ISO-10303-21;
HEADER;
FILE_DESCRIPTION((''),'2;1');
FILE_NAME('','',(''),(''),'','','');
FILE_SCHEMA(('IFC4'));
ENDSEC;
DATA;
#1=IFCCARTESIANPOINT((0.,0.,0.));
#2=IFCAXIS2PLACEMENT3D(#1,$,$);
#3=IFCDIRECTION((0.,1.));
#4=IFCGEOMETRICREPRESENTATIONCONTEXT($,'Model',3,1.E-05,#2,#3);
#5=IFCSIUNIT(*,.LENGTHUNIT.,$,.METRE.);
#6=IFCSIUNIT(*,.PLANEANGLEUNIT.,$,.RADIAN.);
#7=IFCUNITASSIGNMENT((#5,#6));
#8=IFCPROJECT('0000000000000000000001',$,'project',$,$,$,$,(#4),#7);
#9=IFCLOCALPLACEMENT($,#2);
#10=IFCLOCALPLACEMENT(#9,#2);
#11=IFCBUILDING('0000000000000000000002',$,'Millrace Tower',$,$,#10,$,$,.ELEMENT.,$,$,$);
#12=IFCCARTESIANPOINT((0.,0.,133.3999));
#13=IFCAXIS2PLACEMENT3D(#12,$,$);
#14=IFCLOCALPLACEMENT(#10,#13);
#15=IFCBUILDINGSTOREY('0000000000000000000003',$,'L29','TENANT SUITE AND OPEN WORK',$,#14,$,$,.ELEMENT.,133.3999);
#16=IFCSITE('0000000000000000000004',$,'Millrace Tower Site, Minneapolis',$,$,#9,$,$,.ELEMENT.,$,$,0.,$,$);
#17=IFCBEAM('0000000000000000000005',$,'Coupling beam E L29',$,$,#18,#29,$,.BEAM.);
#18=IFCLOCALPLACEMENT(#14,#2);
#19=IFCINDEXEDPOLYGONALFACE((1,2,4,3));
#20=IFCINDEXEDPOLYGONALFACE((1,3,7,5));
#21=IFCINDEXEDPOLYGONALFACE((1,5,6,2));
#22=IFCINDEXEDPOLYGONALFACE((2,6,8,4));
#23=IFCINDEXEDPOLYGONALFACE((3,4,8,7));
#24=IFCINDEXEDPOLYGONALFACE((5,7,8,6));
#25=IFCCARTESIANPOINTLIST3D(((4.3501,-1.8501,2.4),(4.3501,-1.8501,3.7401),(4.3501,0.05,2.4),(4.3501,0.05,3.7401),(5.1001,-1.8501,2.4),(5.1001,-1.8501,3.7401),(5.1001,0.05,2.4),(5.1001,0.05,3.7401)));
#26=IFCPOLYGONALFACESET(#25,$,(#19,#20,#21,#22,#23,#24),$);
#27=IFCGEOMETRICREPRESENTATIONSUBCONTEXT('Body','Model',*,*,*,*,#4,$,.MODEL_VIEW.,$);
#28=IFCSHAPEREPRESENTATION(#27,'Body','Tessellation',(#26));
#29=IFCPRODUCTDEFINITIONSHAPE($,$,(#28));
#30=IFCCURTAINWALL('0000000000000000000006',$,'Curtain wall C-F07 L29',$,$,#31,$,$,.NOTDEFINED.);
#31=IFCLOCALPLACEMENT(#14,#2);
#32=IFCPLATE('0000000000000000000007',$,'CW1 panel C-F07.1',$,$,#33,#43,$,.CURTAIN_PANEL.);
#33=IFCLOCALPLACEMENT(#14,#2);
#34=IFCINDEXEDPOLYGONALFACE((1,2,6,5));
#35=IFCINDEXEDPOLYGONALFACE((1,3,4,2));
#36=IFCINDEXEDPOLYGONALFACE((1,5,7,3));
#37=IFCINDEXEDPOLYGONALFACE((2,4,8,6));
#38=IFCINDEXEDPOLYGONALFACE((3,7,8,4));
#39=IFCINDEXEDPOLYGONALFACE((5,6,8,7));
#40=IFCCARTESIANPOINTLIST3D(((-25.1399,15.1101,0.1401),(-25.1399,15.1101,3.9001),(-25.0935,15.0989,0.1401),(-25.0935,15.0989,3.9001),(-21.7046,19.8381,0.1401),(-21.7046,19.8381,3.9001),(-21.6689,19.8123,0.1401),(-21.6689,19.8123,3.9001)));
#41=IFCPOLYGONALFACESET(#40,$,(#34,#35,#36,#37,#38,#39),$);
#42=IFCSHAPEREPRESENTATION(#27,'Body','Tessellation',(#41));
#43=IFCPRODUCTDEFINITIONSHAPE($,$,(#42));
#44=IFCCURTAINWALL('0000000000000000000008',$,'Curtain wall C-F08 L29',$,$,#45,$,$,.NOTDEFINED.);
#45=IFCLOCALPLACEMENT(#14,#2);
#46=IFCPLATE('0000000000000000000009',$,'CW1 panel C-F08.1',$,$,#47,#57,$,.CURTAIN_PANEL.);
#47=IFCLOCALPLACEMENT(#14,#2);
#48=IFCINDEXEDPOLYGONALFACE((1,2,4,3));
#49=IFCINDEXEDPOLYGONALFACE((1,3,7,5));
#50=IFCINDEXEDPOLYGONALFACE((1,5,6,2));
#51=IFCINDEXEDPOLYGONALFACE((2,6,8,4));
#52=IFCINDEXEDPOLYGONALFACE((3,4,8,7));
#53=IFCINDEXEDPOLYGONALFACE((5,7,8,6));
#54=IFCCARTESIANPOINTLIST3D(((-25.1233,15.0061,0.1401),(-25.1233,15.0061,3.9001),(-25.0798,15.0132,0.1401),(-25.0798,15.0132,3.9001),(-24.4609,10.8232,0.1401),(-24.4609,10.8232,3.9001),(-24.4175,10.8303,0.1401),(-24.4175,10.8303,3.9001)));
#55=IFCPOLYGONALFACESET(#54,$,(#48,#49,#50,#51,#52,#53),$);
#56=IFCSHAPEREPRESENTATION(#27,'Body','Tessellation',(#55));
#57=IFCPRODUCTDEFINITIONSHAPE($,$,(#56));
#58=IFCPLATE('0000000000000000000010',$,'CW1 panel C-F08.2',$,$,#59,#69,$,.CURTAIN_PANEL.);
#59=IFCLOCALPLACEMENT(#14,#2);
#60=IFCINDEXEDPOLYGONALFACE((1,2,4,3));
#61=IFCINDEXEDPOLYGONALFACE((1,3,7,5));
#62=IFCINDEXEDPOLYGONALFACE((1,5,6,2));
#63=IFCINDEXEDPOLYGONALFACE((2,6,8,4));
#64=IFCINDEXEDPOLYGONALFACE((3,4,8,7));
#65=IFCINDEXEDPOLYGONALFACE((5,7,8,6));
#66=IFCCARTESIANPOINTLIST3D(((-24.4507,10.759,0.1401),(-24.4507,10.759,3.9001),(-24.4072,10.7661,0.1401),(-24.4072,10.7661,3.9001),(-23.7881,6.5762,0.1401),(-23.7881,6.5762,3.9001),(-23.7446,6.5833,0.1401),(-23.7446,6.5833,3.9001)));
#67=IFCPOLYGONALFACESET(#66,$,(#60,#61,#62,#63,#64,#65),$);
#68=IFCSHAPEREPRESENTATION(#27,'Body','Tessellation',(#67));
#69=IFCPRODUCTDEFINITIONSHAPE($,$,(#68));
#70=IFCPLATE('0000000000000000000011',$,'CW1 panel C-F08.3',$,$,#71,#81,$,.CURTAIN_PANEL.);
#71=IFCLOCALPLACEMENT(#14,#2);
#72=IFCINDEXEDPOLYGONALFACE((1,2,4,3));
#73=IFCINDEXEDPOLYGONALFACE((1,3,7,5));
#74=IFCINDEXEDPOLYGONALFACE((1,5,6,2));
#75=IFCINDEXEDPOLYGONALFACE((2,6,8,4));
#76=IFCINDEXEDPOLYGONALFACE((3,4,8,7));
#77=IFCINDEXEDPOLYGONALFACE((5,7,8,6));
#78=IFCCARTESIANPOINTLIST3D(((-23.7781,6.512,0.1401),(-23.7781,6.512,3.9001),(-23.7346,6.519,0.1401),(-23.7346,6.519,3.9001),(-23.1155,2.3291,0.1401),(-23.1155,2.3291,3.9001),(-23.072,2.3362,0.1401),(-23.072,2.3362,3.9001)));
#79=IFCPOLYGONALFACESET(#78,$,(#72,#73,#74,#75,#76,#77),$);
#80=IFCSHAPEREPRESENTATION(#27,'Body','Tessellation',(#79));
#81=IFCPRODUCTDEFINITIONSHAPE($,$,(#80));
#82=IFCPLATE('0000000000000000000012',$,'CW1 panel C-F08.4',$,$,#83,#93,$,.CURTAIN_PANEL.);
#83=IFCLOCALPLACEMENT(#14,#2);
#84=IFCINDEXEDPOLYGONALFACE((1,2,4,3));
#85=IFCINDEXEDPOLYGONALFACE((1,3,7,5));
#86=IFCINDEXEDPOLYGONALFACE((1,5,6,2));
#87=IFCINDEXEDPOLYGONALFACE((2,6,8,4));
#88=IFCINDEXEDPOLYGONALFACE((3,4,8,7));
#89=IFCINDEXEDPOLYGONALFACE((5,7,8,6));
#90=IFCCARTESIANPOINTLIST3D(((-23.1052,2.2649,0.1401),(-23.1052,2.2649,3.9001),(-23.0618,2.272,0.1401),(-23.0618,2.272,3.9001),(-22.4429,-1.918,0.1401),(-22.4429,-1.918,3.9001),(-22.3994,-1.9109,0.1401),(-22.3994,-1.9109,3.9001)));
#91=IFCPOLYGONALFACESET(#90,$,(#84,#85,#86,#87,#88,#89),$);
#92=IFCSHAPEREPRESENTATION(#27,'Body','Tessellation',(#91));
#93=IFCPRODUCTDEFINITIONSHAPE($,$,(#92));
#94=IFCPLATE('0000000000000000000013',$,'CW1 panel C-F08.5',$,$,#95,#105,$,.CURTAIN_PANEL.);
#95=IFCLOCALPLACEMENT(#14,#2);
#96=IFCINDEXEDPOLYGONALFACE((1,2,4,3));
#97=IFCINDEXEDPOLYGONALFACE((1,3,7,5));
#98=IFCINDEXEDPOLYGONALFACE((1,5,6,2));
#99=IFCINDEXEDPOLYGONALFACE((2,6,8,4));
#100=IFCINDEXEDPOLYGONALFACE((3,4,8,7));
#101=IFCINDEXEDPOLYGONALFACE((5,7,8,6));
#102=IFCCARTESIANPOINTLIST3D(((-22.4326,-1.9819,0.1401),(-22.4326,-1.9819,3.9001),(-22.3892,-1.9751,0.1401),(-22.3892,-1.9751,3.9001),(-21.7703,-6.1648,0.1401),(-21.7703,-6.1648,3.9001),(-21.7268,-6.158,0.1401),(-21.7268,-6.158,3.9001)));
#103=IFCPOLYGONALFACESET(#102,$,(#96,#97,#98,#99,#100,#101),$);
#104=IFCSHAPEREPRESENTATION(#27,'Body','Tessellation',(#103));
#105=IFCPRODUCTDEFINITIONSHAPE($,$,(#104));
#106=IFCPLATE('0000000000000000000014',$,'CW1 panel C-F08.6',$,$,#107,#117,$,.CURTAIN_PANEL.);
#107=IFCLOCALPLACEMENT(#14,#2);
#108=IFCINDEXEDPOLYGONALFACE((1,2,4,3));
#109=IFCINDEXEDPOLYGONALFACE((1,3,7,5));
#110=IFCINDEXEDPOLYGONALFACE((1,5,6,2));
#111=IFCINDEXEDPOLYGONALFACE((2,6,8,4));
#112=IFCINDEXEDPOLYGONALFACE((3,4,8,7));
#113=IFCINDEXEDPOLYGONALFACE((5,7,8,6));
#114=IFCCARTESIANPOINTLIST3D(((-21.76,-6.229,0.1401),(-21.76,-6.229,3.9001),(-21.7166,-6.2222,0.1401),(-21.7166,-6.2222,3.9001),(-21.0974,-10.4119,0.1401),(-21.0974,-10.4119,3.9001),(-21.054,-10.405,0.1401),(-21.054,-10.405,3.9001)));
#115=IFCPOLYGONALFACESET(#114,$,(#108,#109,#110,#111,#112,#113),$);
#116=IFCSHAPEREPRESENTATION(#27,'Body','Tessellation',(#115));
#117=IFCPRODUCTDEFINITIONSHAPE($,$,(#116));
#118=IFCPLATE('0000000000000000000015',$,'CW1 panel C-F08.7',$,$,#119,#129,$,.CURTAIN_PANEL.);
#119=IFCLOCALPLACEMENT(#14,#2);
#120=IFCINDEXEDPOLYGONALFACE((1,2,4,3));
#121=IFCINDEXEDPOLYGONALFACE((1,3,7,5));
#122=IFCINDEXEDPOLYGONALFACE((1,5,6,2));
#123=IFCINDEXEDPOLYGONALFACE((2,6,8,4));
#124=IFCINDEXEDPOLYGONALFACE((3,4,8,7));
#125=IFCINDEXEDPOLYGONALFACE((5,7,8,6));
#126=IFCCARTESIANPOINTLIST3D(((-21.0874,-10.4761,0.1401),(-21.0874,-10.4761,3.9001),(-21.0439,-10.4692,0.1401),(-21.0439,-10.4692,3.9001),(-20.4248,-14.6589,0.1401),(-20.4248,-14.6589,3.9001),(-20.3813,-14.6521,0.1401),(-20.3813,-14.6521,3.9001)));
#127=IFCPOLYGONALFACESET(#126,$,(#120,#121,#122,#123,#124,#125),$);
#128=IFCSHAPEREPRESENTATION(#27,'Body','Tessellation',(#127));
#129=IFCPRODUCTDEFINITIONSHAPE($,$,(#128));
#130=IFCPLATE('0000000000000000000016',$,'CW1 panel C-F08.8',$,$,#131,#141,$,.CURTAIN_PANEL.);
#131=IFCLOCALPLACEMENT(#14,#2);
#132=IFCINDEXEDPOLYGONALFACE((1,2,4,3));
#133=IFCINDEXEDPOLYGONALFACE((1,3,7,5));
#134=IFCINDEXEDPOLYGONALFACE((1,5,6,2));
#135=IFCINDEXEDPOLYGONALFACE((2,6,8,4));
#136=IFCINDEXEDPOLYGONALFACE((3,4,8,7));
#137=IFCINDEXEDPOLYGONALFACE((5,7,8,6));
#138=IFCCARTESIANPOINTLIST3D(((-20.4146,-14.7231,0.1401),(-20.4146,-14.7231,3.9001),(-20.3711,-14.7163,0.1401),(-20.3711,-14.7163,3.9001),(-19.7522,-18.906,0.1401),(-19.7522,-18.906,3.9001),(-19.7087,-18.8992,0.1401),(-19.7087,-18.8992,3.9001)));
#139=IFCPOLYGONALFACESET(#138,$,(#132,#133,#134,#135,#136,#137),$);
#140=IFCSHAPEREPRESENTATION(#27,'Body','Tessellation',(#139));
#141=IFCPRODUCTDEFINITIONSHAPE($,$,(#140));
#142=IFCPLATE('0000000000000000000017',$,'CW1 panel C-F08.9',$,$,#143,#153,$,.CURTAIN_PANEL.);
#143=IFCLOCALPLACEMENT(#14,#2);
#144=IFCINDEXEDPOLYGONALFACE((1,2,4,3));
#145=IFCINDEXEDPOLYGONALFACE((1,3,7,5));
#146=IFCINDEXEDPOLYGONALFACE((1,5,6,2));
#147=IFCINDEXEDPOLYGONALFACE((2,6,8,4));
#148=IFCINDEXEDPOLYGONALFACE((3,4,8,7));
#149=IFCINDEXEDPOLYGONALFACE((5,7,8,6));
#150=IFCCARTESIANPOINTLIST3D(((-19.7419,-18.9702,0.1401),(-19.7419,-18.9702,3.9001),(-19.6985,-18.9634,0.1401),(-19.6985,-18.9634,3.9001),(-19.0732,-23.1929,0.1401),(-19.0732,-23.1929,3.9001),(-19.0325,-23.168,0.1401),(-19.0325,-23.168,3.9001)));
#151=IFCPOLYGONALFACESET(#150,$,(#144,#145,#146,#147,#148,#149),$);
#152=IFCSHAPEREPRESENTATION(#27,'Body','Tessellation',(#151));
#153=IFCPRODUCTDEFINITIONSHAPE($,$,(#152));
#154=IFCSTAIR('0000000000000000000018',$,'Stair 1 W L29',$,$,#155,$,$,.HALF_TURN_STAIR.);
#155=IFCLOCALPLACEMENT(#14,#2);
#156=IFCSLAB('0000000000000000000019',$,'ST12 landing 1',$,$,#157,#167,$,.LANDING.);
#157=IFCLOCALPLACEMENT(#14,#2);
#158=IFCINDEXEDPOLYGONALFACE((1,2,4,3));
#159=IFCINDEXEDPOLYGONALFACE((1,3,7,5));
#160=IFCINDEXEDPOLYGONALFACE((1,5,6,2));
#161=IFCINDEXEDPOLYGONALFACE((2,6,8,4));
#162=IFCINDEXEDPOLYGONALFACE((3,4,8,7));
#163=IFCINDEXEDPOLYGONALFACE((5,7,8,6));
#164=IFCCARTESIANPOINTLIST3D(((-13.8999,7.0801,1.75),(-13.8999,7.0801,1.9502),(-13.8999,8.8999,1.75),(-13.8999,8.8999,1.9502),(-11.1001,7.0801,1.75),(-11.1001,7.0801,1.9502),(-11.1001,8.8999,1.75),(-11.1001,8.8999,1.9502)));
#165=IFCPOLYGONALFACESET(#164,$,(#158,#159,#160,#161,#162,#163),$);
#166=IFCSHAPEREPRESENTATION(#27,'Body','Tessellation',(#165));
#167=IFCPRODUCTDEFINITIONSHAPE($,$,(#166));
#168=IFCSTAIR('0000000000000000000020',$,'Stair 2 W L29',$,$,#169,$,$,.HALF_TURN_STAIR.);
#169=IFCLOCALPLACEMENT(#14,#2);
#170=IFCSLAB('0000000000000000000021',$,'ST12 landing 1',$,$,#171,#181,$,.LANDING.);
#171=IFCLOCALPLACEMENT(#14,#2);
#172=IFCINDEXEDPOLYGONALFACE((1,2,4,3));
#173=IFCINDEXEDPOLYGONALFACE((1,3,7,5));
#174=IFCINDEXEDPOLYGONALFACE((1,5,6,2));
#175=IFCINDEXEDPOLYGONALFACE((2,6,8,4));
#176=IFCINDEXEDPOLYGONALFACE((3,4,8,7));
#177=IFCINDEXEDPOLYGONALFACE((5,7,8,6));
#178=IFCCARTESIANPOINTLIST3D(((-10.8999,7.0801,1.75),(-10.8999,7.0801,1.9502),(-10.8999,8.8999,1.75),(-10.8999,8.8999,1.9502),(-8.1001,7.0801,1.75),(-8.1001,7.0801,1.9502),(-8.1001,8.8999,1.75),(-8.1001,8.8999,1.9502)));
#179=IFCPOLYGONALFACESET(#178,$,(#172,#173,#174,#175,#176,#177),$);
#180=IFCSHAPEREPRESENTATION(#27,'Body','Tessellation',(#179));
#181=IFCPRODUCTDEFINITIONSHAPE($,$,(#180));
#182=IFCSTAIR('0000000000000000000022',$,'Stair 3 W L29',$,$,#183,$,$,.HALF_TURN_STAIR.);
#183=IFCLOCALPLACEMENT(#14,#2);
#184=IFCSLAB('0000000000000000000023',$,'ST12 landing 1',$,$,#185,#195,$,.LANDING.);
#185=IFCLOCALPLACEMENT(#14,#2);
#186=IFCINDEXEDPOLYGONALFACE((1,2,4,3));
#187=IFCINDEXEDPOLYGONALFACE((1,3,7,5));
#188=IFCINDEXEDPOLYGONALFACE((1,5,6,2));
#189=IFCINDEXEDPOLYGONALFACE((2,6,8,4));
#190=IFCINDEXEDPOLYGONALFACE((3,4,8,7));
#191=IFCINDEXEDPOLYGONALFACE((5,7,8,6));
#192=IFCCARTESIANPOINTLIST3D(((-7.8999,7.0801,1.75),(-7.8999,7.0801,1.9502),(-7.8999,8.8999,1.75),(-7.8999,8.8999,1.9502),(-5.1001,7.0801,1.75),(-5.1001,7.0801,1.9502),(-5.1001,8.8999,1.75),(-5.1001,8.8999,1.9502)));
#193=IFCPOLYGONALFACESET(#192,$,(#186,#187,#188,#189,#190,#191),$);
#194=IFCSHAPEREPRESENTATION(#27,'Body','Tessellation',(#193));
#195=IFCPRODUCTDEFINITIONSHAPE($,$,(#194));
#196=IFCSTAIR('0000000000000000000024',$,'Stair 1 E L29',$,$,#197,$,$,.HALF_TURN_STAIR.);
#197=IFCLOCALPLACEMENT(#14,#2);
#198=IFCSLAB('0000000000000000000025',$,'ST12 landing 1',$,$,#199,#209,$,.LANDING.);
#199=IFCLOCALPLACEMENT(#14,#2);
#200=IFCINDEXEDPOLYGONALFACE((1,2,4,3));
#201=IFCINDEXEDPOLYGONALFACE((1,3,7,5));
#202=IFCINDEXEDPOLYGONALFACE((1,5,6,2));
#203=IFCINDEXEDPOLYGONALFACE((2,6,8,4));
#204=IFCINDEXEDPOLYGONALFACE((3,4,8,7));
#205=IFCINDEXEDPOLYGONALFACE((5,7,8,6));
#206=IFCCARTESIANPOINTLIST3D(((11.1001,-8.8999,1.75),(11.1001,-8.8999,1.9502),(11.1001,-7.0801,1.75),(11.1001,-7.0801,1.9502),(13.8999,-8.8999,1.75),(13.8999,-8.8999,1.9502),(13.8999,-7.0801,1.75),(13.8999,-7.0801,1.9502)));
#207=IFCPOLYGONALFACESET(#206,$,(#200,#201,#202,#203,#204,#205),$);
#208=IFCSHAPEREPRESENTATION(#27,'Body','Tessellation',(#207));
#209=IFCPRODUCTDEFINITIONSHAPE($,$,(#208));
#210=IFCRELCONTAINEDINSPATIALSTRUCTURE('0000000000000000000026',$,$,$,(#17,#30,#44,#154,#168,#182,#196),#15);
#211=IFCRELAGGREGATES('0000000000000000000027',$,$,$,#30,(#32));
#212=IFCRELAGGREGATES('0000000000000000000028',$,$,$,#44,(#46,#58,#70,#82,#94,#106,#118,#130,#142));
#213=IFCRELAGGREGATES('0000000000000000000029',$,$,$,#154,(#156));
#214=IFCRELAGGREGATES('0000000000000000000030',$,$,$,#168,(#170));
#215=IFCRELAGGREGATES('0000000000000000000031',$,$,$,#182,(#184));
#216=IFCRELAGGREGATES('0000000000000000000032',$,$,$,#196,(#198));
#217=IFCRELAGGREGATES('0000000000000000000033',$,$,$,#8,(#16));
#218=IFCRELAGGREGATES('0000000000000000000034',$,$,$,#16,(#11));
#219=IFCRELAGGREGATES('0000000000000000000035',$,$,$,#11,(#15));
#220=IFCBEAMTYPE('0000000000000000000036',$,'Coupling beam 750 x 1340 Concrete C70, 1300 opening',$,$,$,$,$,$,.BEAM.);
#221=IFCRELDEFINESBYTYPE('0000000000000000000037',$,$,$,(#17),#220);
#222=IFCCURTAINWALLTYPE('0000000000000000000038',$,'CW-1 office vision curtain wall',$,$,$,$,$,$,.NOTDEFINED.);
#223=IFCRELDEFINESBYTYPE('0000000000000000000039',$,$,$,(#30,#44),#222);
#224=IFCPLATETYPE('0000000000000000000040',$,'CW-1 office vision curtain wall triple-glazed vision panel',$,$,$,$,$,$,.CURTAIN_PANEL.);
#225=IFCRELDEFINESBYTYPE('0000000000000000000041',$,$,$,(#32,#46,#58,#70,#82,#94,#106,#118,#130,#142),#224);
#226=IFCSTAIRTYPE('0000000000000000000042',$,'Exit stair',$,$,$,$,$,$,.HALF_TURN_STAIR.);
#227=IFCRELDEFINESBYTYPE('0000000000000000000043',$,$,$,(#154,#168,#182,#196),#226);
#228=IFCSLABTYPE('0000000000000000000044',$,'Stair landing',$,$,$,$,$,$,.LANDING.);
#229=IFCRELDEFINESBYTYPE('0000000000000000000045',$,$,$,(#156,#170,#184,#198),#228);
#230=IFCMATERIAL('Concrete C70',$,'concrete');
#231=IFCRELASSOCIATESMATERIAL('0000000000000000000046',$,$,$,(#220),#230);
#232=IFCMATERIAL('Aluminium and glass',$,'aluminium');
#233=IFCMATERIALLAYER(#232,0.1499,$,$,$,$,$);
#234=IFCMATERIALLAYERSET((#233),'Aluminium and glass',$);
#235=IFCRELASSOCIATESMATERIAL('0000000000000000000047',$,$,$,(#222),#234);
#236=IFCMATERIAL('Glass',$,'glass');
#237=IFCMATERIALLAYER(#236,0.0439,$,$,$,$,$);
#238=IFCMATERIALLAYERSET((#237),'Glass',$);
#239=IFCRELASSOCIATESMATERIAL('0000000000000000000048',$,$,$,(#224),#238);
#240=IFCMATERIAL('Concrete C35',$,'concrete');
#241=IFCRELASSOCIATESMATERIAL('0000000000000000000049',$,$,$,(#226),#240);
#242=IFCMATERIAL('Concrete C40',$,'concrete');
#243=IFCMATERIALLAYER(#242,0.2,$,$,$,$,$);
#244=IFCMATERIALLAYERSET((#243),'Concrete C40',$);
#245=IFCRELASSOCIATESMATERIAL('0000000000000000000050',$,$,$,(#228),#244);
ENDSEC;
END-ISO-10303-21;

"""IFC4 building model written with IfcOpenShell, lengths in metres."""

from ifc_helpers import new_model, si_unit, direction, frame, origin, origin_2d, place, context, subcontext, project, spatial, polyline, rectangle, outline, extrude, material, layer, layer_set, material_profile, profile_set, type_object, element, aggregate, save


model = new_model("IFC4")

# Units and contexts
model_context = context("Model", 3, precision=1e-05, world=origin(), true_north=direction((0.0, 1.0)))
body_context = subcontext(model_context, "Body", "Model", "MODEL_VIEW")
ifc_project = project(units=[si_unit("LENGTHUNIT", "METRE"), si_unit("PLANEANGLEUNIT", "RADIAN")], contexts=[model_context])

# Site, building, storey
site_placement = place(None, origin())
site = spatial("IfcSite", under=ifc_project, at=site_placement, Name="Millrace Tower Site, Minneapolis", CompositionType="ELEMENT", RefElevation=0.0)
building_placement = place(site_placement, origin())
building = spatial("IfcBuilding", under=site, at=building_placement, Name="Millrace Tower", CompositionType="ELEMENT")
storey_placement = place(building_placement, frame((0.0, 0.0, 133.3999)))
storey = spatial("IfcBuildingStorey", under=building, at=storey_placement, Name="L29", Description="TENANT SUITE AND OPEN WORK", CompositionType="ELEMENT", Elevation=133.3999)

# Beam
ifc_material_1 = material(Name="Concrete C70", Category="concrete")
ifc_material_profile = material_profile(ifc_material_1, rectangle(XDim=0.75, YDim=1.3401, at=origin_2d()))
ifc_profile_set = profile_set([ifc_material_profile], Name="Concrete C70")
beam_type = type_object("IfcBeamType", Name="Coupling beam 750 x 1340 Concrete C70, 1300 opening", PredefinedType="BEAM", material=ifc_profile_set)
beam_placement = place(storey_placement, frame((4.7251, 0.05, 3.0701), z_axis=(0.0, -1.0, 0.0), x_axis=(1.0, 0.0, 0.0)))
element("IfcBeam", 1, at=beam_placement, inside=storey, type_object=beam_type, Name="Coupling beam E L29", PredefinedType="BEAM", context=body_context, shape_type="SweptSolid", body=[
    extrude(rectangle(XDim=0.75, YDim=1.3401, at=origin_2d()), origin(), (0.0, 0.0, 1.0), 1.9001),
])

# Curtain wall, plate
ifc_material_2 = material(Name="Aluminium and glass", Category="aluminium")
ifc_layer_1 = layer(ifc_material_2, 0.1499)
ifc_layer_set_1 = layer_set([ifc_layer_1], Name="Aluminium and glass")
curtain_wall_type = type_object("IfcCurtainWallType", Name="CW-1 office vision curtain wall", PredefinedType="NOTDEFINED", material=ifc_layer_set_1)
placement_1 = place(storey_placement, origin())
curtain_wall_1 = element("IfcCurtainWall", 2, at=placement_1, inside=storey, type_object=curtain_wall_type, Name="Curtain wall C-F07 L29", PredefinedType="NOTDEFINED")
ifc_material_3 = material(Name="Glass", Category="glass")
ifc_layer_2 = layer(ifc_material_3, 0.0439)
ifc_layer_set_2 = layer_set([ifc_layer_2], Name="Glass")
plate_type = type_object("IfcPlateType", Name="CW-1 office vision curtain wall triple-glazed vision panel", PredefinedType="CURTAIN_PANEL", material=ifc_layer_set_2)
placement_2 = place(storey_placement, frame((0.0, 0.0, 0.1401)))
plate_1 = element("IfcPlate", 3, at=placement_2, type_object=plate_type, Name="CW1 panel C-F07.1", PredefinedType="CURTAIN_PANEL", context=body_context, shape_type="SweptSolid", body=[
    extrude(outline(polyline([(-21.7046, 19.8381), (-25.1399, 15.1101), (-25.0935, 15.0989), (-21.6689, 19.8123), (-21.7046, 19.8381)])), origin(), (0.0, 0.0, 1.0), 3.76),
])
aggregate(curtain_wall_1, [plate_1])

# Curtain wall, plates
curtain_wall_2 = element("IfcCurtainWall", 4, at=placement_1, inside=storey, type_object=curtain_wall_type, Name="Curtain wall C-F08 L29", PredefinedType="NOTDEFINED")
plate_2 = element("IfcPlate", 5, at=placement_2, type_object=plate_type, Name="CW1 panel C-F08.1", PredefinedType="CURTAIN_PANEL", context=body_context, shape_type="SweptSolid", body=[
    extrude(outline(polyline([(-25.1233, 15.0061), (-24.4609, 10.8232), (-24.4175, 10.8303), (-25.0798, 15.0132), (-25.1233, 15.0061)])), origin(), (0.0, 0.0, 1.0), 3.76),
])
plate_3 = element("IfcPlate", 6, at=placement_2, type_object=plate_type, Name="CW1 panel C-F08.2", PredefinedType="CURTAIN_PANEL", context=body_context, shape_type="SweptSolid", body=[
    extrude(outline(polyline([(-24.4507, 10.759), (-23.7881, 6.5762), (-23.7446, 6.5833), (-24.4072, 10.7661), (-24.4507, 10.759)])), origin(), (0.0, 0.0, 1.0), 3.76),
])
plate_4 = element("IfcPlate", 7, at=placement_2, type_object=plate_type, Name="CW1 panel C-F08.3", PredefinedType="CURTAIN_PANEL", context=body_context, shape_type="SweptSolid", body=[
    extrude(outline(polyline([(-23.7781, 6.512), (-23.1155, 2.3291), (-23.072, 2.3362), (-23.7346, 6.519), (-23.7781, 6.512)])), origin(), (0.0, 0.0, 1.0), 3.76),
])
plate_5 = element("IfcPlate", 8, at=placement_2, type_object=plate_type, Name="CW1 panel C-F08.4", PredefinedType="CURTAIN_PANEL", context=body_context, shape_type="SweptSolid", body=[
    extrude(outline(polyline([(-23.1052, 2.2649), (-22.4429, -1.918), (-22.3994, -1.9109), (-23.0618, 2.272), (-23.1052, 2.2649)])), origin(), (0.0, 0.0, 1.0), 3.76),
])
plate_6 = element("IfcPlate", 9, at=placement_2, type_object=plate_type, Name="CW1 panel C-F08.5", PredefinedType="CURTAIN_PANEL", context=body_context, shape_type="SweptSolid", body=[
    extrude(outline(polyline([(-22.4326, -1.9819), (-21.7703, -6.1648), (-21.7268, -6.158), (-22.3892, -1.9751), (-22.4326, -1.9819)])), origin(), (0.0, 0.0, 1.0), 3.76),
])
plate_7 = element("IfcPlate", 10, at=placement_2, type_object=plate_type, Name="CW1 panel C-F08.6", PredefinedType="CURTAIN_PANEL", context=body_context, shape_type="SweptSolid", body=[
    extrude(outline(polyline([(-21.76, -6.229), (-21.0974, -10.4119), (-21.054, -10.405), (-21.7166, -6.2222), (-21.76, -6.229)])), origin(), (0.0, 0.0, 1.0), 3.76),
])
plate_8 = element("IfcPlate", 11, at=placement_2, type_object=plate_type, Name="CW1 panel C-F08.7", PredefinedType="CURTAIN_PANEL", context=body_context, shape_type="SweptSolid", body=[
    extrude(outline(polyline([(-21.0874, -10.4761), (-20.4248, -14.6589), (-20.3813, -14.6521), (-21.0439, -10.4692), (-21.0874, -10.4761)])), origin(), (0.0, 0.0, 1.0), 3.76),
])
plate_9 = element("IfcPlate", 12, at=placement_2, type_object=plate_type, Name="CW1 panel C-F08.8", PredefinedType="CURTAIN_PANEL", context=body_context, shape_type="SweptSolid", body=[
    extrude(outline(polyline([(-20.4146, -14.7231), (-19.7522, -18.906), (-19.7087, -18.8992), (-20.3711, -14.7163), (-20.4146, -14.7231)])), origin(), (0.0, 0.0, 1.0), 3.76),
])
plate_10 = element("IfcPlate", 13, at=placement_2, type_object=plate_type, Name="CW1 panel C-F08.9", PredefinedType="CURTAIN_PANEL", context=body_context, shape_type="SweptSolid", body=[
    extrude(outline(polyline([(-19.7419, -18.9702), (-19.0732, -23.1929), (-19.0325, -23.168), (-19.6985, -18.9634), (-19.7419, -18.9702)])), origin(), (0.0, 0.0, 1.0), 3.76),
])
aggregate(curtain_wall_2, [plate_2, plate_3, plate_4, plate_5, plate_6, plate_7, plate_8, plate_9, plate_10])

# Stairs, slabs
ifc_material_4 = material(Name="Concrete C35", Category="concrete")
stair_type = type_object("IfcStairType", Name="Exit stair", PredefinedType="HALF_TURN_STAIR", material=ifc_material_4)
stair_1 = element("IfcStair", 14, at=placement_1, inside=storey, type_object=stair_type, Name="Stair 1 W L29", PredefinedType="HALF_TURN_STAIR")
ifc_material_5 = material(Name="Concrete C40", Category="concrete")
ifc_layer_3 = layer(ifc_material_5, 0.2)
ifc_layer_set_3 = layer_set([ifc_layer_3], Name="Concrete C40")
slab_type = type_object("IfcSlabType", Name="Stair landing", PredefinedType="LANDING", material=ifc_layer_set_3)
placement_3 = place(storey_placement, frame((0.0, 0.0, 1.75)))
slab_1 = element("IfcSlab", 15, at=placement_3, type_object=slab_type, Name="ST12 landing 1", PredefinedType="LANDING", context=body_context, shape_type="SweptSolid", body=[
    extrude(outline(polyline([(-13.8999, 7.0801), (-11.1001, 7.0801), (-11.1001, 8.8999), (-13.8999, 8.8999), (-13.8999, 7.0801)])), origin(), (0.0, 0.0, 1.0), 0.2002),
])
aggregate(stair_1, [slab_1])
stair_2 = element("IfcStair", 16, at=placement_1, inside=storey, type_object=stair_type, Name="Stair 2 W L29", PredefinedType="HALF_TURN_STAIR")
slab_2 = element("IfcSlab", 17, at=placement_3, type_object=slab_type, Name="ST12 landing 1", PredefinedType="LANDING", context=body_context, shape_type="SweptSolid", body=[
    extrude(outline(polyline([(-10.8999, 7.0801), (-8.1001, 7.0801), (-8.1001, 8.8999), (-10.8999, 8.8999), (-10.8999, 7.0801)])), origin(), (0.0, 0.0, 1.0), 0.2002),
])
aggregate(stair_2, [slab_2])
stair_3 = element("IfcStair", 18, at=placement_1, inside=storey, type_object=stair_type, Name="Stair 3 W L29", PredefinedType="HALF_TURN_STAIR")
slab_3 = element("IfcSlab", 19, at=placement_3, type_object=slab_type, Name="ST12 landing 1", PredefinedType="LANDING", context=body_context, shape_type="SweptSolid", body=[
    extrude(outline(polyline([(-7.8999, 7.0801), (-5.1001, 7.0801), (-5.1001, 8.8999), (-7.8999, 8.8999), (-7.8999, 7.0801)])), origin(), (0.0, 0.0, 1.0), 0.2002),
])
aggregate(stair_3, [slab_3])
stair_4 = element("IfcStair", 20, at=placement_1, inside=storey, type_object=stair_type, Name="Stair 1 E L29", PredefinedType="HALF_TURN_STAIR")
slab_4 = element("IfcSlab", 21, at=placement_3, type_object=slab_type, Name="ST12 landing 1", PredefinedType="LANDING", context=body_context, shape_type="SweptSolid", body=[
    extrude(outline(polyline([(11.1001, -8.8999), (13.8999, -8.8999), (13.8999, -7.0801), (11.1001, -7.0801), (11.1001, -8.8999)])), origin(), (0.0, 0.0, 1.0), 0.2002),
])
aggregate(stair_4, [slab_4])

save(model, "model.ifc")
